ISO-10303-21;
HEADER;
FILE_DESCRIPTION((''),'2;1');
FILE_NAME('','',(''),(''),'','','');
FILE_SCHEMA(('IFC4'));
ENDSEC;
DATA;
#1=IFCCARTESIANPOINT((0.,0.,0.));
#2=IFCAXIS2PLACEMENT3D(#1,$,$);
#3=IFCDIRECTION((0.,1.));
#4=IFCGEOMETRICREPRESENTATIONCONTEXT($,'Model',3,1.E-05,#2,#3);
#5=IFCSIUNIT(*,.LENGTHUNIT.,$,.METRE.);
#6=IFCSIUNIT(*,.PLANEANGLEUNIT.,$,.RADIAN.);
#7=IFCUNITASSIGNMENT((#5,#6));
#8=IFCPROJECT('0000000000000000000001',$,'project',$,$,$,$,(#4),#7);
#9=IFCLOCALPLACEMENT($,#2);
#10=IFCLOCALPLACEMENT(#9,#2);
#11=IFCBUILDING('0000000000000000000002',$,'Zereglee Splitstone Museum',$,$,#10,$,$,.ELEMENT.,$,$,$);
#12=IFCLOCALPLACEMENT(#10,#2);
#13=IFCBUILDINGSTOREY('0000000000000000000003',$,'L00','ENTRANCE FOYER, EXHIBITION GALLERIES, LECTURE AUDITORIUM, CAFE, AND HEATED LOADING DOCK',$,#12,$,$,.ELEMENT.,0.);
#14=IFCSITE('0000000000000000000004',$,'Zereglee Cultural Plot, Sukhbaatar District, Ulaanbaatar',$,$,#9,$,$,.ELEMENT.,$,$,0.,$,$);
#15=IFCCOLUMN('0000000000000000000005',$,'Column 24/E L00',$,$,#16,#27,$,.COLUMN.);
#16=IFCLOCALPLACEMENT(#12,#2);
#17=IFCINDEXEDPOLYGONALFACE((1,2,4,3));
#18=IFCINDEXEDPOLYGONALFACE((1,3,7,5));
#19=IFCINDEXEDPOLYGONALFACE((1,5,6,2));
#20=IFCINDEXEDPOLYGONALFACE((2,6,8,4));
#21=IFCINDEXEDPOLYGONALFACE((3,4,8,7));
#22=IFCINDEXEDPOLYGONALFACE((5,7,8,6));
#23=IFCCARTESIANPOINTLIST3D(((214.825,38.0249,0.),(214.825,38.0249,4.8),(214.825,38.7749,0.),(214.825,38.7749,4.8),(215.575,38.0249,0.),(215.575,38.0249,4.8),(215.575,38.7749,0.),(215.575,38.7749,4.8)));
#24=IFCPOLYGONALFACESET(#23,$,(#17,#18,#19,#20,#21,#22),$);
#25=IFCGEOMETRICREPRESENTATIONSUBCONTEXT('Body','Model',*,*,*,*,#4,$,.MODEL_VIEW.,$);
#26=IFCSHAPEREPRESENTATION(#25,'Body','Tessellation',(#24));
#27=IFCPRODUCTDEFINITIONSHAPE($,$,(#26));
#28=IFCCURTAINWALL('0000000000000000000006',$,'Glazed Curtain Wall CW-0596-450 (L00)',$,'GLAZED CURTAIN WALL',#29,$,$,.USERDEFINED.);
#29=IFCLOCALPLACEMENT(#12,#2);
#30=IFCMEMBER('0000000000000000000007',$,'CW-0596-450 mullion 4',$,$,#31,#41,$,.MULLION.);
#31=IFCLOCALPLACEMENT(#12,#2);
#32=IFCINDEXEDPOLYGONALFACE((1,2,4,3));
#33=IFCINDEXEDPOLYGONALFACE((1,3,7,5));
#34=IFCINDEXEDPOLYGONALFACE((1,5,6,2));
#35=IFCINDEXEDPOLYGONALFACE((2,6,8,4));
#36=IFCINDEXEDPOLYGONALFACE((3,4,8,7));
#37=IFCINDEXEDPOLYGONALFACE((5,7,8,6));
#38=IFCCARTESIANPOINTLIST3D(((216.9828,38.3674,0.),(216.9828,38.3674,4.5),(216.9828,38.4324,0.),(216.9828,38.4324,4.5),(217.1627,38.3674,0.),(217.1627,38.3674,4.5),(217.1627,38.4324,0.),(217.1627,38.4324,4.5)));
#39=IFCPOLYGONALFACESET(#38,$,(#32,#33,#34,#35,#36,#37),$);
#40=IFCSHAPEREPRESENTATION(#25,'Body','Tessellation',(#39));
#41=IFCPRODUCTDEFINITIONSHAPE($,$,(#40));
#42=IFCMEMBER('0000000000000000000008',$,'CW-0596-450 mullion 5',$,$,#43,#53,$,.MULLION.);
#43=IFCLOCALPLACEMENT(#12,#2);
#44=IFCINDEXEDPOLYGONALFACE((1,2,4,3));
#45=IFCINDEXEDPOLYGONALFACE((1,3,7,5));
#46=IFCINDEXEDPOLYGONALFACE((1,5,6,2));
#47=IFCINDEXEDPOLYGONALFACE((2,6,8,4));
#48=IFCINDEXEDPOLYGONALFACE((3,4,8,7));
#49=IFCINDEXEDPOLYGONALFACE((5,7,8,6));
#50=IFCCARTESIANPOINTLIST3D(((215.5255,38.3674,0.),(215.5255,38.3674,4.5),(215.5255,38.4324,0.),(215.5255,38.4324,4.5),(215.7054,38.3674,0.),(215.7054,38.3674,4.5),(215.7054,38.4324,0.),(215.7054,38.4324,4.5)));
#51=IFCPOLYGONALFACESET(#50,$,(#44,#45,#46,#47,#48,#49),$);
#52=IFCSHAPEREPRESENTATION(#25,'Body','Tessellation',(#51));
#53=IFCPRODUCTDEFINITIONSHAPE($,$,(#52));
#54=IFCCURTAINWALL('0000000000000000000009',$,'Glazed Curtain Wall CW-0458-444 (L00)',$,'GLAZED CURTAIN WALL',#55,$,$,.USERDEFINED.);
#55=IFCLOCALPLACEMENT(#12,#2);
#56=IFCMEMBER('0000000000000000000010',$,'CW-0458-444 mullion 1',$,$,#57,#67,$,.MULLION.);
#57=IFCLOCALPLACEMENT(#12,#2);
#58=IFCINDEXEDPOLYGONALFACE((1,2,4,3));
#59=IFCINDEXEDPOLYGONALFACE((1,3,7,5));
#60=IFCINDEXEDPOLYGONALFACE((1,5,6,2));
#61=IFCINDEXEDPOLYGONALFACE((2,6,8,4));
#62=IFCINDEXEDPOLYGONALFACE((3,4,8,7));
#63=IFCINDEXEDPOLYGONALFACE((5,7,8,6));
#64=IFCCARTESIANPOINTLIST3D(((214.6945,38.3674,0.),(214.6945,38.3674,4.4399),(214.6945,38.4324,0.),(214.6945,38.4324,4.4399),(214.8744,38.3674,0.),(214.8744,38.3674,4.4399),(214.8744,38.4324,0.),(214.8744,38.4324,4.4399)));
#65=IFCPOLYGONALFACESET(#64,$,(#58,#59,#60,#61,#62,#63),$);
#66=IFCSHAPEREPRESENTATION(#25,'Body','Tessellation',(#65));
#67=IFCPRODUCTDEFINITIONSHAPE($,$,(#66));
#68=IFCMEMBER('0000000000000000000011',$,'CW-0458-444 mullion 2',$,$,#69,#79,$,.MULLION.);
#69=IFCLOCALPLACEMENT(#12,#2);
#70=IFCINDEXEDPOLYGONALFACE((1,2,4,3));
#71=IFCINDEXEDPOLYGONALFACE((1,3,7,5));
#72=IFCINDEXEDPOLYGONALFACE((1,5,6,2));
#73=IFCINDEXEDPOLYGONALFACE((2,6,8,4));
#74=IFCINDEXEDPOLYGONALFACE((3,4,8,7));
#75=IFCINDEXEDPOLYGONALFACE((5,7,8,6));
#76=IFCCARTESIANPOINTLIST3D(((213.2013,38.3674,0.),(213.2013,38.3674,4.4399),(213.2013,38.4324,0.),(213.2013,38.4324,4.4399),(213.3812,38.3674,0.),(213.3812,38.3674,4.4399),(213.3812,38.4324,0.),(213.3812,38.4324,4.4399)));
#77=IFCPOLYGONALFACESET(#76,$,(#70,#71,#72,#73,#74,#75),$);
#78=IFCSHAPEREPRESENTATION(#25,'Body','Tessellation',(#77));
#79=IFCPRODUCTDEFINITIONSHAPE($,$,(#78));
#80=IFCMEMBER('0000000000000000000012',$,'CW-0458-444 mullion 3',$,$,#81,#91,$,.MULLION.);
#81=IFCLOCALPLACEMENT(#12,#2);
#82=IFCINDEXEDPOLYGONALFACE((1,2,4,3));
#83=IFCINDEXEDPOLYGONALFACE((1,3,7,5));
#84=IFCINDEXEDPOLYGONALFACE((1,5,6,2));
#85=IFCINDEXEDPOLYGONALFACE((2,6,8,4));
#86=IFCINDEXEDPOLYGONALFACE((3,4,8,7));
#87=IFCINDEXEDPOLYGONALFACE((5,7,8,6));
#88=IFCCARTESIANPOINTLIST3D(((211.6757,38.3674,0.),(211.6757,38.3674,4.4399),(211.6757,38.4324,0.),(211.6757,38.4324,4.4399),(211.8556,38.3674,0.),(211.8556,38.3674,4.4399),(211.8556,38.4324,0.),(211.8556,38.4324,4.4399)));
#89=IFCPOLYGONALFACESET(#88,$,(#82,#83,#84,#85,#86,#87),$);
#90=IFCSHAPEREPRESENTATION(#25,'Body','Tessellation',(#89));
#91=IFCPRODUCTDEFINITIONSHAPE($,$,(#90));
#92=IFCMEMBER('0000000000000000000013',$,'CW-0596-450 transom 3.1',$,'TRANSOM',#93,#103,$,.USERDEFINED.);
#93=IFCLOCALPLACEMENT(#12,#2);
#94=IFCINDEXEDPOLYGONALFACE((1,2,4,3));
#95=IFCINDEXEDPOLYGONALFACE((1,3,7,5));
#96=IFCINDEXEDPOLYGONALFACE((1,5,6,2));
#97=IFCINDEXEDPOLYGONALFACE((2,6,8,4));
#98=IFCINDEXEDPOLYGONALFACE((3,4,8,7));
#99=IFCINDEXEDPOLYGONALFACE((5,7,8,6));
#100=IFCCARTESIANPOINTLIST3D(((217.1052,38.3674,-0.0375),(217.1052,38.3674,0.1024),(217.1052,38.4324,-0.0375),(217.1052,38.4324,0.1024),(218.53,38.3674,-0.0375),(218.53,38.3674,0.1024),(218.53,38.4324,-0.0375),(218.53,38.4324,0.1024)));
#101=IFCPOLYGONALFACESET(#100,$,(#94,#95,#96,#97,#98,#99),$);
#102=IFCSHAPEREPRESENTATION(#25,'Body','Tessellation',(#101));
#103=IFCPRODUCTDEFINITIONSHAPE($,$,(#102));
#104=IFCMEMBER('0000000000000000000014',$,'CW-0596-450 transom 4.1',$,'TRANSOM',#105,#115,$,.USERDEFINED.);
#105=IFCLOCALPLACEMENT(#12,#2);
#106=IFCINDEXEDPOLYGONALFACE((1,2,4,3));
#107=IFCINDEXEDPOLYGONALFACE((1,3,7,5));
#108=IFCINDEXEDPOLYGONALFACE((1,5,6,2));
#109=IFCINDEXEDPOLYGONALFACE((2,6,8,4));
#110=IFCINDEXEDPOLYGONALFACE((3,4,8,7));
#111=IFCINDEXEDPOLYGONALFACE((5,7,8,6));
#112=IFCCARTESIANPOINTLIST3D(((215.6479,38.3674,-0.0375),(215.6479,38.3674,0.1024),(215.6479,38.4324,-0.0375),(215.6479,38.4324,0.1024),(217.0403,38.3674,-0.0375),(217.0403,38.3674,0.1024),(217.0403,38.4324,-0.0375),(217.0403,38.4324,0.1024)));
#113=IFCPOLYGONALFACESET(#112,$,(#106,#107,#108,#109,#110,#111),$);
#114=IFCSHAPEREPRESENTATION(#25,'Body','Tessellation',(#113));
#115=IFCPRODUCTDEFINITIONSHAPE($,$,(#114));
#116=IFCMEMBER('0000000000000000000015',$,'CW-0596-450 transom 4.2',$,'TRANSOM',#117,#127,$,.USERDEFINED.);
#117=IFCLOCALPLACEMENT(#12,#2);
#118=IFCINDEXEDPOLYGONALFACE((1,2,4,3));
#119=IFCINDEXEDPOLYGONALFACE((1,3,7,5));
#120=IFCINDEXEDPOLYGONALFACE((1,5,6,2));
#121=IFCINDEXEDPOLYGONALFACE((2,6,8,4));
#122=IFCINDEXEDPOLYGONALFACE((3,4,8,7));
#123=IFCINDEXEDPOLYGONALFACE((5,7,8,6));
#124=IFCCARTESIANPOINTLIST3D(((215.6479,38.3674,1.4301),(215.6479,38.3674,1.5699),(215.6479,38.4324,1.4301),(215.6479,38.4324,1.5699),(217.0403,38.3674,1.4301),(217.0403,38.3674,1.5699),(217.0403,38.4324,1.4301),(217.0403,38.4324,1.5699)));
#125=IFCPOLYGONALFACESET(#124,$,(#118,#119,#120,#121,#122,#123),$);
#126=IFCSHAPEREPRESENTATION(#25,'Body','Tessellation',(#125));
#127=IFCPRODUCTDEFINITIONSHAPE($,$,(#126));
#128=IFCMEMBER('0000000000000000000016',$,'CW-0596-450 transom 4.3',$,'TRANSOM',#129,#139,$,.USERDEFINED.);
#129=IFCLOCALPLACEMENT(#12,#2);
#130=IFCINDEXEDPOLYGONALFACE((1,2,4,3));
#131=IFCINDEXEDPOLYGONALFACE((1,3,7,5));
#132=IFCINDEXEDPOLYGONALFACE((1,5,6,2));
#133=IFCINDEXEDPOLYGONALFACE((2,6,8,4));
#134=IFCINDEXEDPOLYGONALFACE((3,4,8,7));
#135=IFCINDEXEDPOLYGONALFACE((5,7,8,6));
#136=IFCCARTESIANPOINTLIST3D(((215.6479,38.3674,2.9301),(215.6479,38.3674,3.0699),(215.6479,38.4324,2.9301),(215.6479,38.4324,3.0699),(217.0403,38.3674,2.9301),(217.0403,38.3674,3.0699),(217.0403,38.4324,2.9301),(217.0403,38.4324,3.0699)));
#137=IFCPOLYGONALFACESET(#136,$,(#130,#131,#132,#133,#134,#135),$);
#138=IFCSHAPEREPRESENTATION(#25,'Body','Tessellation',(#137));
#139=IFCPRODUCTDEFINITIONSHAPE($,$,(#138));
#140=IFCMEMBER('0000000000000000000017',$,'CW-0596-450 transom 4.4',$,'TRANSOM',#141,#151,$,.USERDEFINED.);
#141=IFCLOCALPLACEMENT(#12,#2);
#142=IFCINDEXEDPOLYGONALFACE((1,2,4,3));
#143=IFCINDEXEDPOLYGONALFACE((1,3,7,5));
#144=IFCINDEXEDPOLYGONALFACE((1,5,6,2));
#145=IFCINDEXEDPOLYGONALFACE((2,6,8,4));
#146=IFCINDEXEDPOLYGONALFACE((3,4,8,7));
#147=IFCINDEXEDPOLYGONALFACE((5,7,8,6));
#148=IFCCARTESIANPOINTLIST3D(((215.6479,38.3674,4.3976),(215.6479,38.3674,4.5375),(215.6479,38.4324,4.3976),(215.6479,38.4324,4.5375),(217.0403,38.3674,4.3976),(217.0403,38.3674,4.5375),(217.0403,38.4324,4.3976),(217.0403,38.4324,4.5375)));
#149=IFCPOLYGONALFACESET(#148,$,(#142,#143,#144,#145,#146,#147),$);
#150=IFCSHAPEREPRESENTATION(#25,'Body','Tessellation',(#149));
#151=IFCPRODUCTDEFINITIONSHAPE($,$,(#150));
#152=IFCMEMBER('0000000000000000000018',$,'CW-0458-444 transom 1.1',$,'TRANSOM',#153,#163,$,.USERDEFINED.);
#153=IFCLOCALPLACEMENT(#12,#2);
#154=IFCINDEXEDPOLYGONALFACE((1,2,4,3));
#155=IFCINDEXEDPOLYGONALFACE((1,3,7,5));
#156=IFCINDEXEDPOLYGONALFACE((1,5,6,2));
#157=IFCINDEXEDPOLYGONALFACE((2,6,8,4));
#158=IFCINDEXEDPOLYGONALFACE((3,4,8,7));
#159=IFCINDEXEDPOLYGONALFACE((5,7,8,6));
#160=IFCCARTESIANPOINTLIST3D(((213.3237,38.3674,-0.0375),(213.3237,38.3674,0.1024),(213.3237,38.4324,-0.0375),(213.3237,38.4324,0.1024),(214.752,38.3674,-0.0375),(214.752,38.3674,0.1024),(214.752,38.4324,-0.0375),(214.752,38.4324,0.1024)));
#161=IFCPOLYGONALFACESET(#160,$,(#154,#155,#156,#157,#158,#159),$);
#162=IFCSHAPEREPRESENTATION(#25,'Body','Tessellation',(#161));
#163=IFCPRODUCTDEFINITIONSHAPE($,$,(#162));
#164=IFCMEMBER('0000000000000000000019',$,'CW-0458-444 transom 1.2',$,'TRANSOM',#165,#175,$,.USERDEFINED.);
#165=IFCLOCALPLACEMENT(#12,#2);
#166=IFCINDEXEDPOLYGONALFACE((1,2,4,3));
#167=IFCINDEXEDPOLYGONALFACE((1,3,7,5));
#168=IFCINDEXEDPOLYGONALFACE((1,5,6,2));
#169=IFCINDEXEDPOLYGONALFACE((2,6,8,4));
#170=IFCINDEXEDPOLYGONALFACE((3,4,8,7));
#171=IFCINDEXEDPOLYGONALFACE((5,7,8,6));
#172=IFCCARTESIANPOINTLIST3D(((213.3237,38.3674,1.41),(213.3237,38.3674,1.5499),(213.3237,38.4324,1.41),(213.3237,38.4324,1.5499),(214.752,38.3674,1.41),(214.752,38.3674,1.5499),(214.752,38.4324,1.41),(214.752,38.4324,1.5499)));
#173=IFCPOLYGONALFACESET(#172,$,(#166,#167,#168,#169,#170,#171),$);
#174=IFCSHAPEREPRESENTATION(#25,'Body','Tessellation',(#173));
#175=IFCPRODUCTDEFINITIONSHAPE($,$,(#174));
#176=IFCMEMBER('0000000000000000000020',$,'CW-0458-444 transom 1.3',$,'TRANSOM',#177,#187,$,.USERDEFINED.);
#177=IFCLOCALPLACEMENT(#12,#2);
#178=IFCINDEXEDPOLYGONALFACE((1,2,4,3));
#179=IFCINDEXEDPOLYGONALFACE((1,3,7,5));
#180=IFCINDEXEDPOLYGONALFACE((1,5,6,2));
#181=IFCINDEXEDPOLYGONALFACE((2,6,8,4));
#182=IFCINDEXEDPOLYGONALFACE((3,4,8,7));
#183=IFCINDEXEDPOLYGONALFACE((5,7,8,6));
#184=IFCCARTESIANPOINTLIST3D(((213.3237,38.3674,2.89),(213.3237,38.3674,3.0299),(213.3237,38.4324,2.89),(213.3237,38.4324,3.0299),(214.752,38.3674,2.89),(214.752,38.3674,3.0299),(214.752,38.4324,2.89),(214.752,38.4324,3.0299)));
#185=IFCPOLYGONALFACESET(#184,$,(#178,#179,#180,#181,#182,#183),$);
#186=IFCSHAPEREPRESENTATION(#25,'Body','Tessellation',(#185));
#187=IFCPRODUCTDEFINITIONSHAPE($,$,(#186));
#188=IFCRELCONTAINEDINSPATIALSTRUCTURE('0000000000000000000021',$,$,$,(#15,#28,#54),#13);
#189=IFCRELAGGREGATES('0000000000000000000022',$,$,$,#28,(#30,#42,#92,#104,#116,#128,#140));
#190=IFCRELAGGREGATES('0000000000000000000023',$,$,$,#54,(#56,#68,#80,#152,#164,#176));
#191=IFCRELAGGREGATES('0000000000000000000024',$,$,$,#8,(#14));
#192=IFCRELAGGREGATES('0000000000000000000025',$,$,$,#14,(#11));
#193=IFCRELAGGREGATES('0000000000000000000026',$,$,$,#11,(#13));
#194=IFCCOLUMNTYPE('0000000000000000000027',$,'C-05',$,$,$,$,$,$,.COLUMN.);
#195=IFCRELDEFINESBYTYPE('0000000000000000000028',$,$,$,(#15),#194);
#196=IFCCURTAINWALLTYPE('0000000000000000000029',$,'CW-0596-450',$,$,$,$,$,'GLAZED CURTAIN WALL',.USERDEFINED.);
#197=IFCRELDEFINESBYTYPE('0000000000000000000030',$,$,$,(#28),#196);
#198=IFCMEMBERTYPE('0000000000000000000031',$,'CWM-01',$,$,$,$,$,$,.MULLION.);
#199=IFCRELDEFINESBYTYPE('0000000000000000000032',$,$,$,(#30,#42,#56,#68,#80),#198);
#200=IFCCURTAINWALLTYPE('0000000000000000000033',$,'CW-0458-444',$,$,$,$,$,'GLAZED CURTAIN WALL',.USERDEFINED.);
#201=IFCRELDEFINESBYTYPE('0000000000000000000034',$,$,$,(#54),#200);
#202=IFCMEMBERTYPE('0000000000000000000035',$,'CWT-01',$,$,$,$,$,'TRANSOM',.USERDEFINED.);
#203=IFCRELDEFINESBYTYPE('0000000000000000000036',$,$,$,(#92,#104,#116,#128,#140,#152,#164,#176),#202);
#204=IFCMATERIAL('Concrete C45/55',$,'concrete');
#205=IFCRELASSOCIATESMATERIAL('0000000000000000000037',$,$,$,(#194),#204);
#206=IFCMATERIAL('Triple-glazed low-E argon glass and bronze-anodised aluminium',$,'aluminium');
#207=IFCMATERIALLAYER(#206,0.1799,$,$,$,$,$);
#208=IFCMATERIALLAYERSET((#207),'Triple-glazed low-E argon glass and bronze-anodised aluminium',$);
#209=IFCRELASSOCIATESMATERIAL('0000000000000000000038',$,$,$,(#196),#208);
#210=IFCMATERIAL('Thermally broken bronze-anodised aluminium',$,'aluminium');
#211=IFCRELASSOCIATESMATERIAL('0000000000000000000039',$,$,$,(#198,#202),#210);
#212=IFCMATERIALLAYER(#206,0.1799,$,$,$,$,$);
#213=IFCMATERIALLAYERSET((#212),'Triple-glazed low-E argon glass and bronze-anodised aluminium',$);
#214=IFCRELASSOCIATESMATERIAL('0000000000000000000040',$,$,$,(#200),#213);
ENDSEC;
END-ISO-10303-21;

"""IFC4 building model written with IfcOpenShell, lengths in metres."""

from ifc_helpers import new_model, si_unit, direction, frame, origin, origin_2d, place, context, subcontext, project, spatial, rectangle, extrude, material, layer, layer_set, material_profile, profile_set, type_object, element, aggregate, save


model = new_model("IFC4")

# Units and contexts
model_context = context("Model", 3, precision=1e-05, world=origin(), true_north=direction((0.0, 1.0)))
body_context = subcontext(model_context, "Body", "Model", "MODEL_VIEW")
ifc_project = project(units=[si_unit("LENGTHUNIT", "METRE"), si_unit("PLANEANGLEUNIT", "RADIAN")], contexts=[model_context])

# Site, building, storey
site_placement = place(None, origin())
site = spatial("IfcSite", under=ifc_project, at=site_placement, Name="Zereglee Cultural Plot, Sukhbaatar District, Ulaanbaatar", CompositionType="ELEMENT", RefElevation=0.0)
building_placement = place(site_placement, origin())
building = spatial("IfcBuilding", under=site, at=building_placement, Name="Zereglee Splitstone Museum", CompositionType="ELEMENT")
storey_placement = place(building_placement, origin())
storey = spatial("IfcBuildingStorey", under=building, at=storey_placement, Name="L00", Description="ENTRANCE FOYER, EXHIBITION GALLERIES, LECTURE AUDITORIUM, CAFE, AND HEATED LOADING DOCK", CompositionType="ELEMENT", Elevation=0.0)

# Column
ifc_material_1 = material(Name="Concrete C45/55", Category="concrete")
ifc_material_profile_1 = material_profile(ifc_material_1, rectangle(XDim=0.75, YDim=0.75, at=origin_2d()), Name="RC 750x750")
ifc_profile_set_1 = profile_set([ifc_material_profile_1], Name="Concrete C45/55")
column_type = type_object("IfcColumnType", Name="C-05", PredefinedType="COLUMN", material=ifc_profile_set_1)
column_placement = place(storey_placement, frame((215.2, 38.3999, 0.0), z_axis=(0.0, 0.0, 1.0), x_axis=(1.0, 0.0, 0.0)))
element("IfcColumn", 1, at=column_placement, inside=storey, type_object=column_type, Name="Column 24/E L00", PredefinedType="COLUMN", context=body_context, shape_type="SweptSolid", body=[
    extrude(rectangle(XDim=0.75, YDim=0.75, at=origin_2d()), origin(), (0.0, 0.0, 1.0), 4.8),
])

# Curtain walls, members
ifc_material_2 = material(Name="Triple-glazed low-E argon glass and bronze-anodised aluminium", Category="aluminium")
ifc_layer_1 = layer(ifc_material_2, 0.1799)
ifc_layer_set_1 = layer_set([ifc_layer_1], Name="Triple-glazed low-E argon glass and bronze-anodised aluminium")
curtain_wall_type_1 = type_object("IfcCurtainWallType", Name="CW-0596-450", ElementType="GLAZED CURTAIN WALL", PredefinedType="USERDEFINED", material=ifc_layer_set_1)
curtain_wall_1_placement = place(storey_placement, origin())
curtain_wall_1 = element("IfcCurtainWall", 2, at=curtain_wall_1_placement, inside=storey, type_object=curtain_wall_type_1, Name="Glazed Curtain Wall CW-0596-450 (L00)", ObjectType="GLAZED CURTAIN WALL", PredefinedType="USERDEFINED")
ifc_material_3 = material(Name="Thermally broken bronze-anodised aluminium", Category="aluminium")
ifc_material_profile_2 = material_profile(ifc_material_3, rectangle(XDim=0.0649, YDim=0.1799, at=origin_2d()), Name="CW MULL 65x180")
ifc_profile_set_2 = profile_set([ifc_material_profile_2], Name="Thermally broken bronze-anodised aluminium")
member_type_1 = type_object("IfcMemberType", Name="CWM-01", PredefinedType="MULLION", material=ifc_profile_set_2)
member_1_placement = place(storey_placement, frame((217.0728, 38.3999, 0.0), z_axis=(0.0, 0.0, 1.0), x_axis=(0.0, -1.0, 0.0)))
member_1 = element("IfcMember", 3, at=member_1_placement, type_object=member_type_1, Name="CW-0596-450 mullion 4", PredefinedType="MULLION", context=body_context, shape_type="SweptSolid", body=[
    extrude(rectangle(XDim=0.0649, YDim=0.1799, at=origin_2d()), origin(), (0.0, 0.0, 1.0), 4.5),
])
member_2_placement = place(storey_placement, frame((215.6155, 38.3999, 0.0), z_axis=(0.0, 0.0, 1.0), x_axis=(0.0, -1.0, 0.0)))
member_2 = element("IfcMember", 4, at=member_2_placement, type_object=member_type_1, Name="CW-0596-450 mullion 5", PredefinedType="MULLION", context=body_context, shape_type="SweptSolid", body=[
    extrude(rectangle(XDim=0.0649, YDim=0.1799, at=origin_2d()), origin(), (0.0, 0.0, 1.0), 4.5),
])
ifc_layer_2 = layer(ifc_material_2, 0.1799)
ifc_layer_set_2 = layer_set([ifc_layer_2], Name="Triple-glazed low-E argon glass and bronze-anodised aluminium")
curtain_wall_type_2 = type_object("IfcCurtainWallType", Name="CW-0458-444", ElementType="GLAZED CURTAIN WALL", PredefinedType="USERDEFINED", material=ifc_layer_set_2)
curtain_wall_2_placement = place(storey_placement, origin())
curtain_wall_2 = element("IfcCurtainWall", 5, at=curtain_wall_2_placement, inside=storey, type_object=curtain_wall_type_2, Name="Glazed Curtain Wall CW-0458-444 (L00)", ObjectType="GLAZED CURTAIN WALL", PredefinedType="USERDEFINED")
member_3_placement = place(storey_placement, frame((214.7844, 38.3999, 0.0), z_axis=(0.0, 0.0, 1.0), x_axis=(0.0, -1.0, 0.0)))
member_3 = element("IfcMember", 6, at=member_3_placement, type_object=member_type_1, Name="CW-0458-444 mullion 1", PredefinedType="MULLION", context=body_context, shape_type="SweptSolid", body=[
    extrude(rectangle(XDim=0.0649, YDim=0.1799, at=origin_2d()), origin(), (0.0, 0.0, 1.0), 4.4399),
])
member_4_placement = place(storey_placement, frame((213.2913, 38.3999, 0.0), z_axis=(0.0, 0.0, 1.0), x_axis=(0.0, -1.0, 0.0)))
member_4 = element("IfcMember", 7, at=member_4_placement, type_object=member_type_1, Name="CW-0458-444 mullion 2", PredefinedType="MULLION", context=body_context, shape_type="SweptSolid", body=[
    extrude(rectangle(XDim=0.0649, YDim=0.1799, at=origin_2d()), origin(), (0.0, 0.0, 1.0), 4.4399),
])
member_5_placement = place(storey_placement, frame((211.7656, 38.3999, 0.0), z_axis=(0.0, 0.0, 1.0), x_axis=(0.0, -1.0, 0.0)))
member_5 = element("IfcMember", 8, at=member_5_placement, type_object=member_type_1, Name="CW-0458-444 mullion 3", PredefinedType="MULLION", context=body_context, shape_type="SweptSolid", body=[
    extrude(rectangle(XDim=0.0649, YDim=0.1799, at=origin_2d()), origin(), (0.0, 0.0, 1.0), 4.4399),
])

# Members
ifc_material_profile_3 = material_profile(ifc_material_3, rectangle(XDim=0.0649, YDim=0.1399, at=origin_2d()), Name="CW TRAN 65x140")
ifc_profile_set_3 = profile_set([ifc_material_profile_3], Name="Thermally broken bronze-anodised aluminium")
member_type_2 = type_object("IfcMemberType", Name="CWT-01", ElementType="TRANSOM", PredefinedType="USERDEFINED", material=ifc_profile_set_3)
member_6_placement = place(storey_placement, frame((218.53, 38.3999, 0.0325), z_axis=(-1.0, 0.0, 0.0), x_axis=(0.0, -1.0, 0.0)))
member_6 = element("IfcMember", 9, at=member_6_placement, type_object=member_type_2, Name="CW-0596-450 transom 3.1", ObjectType="TRANSOM", PredefinedType="USERDEFINED", context=body_context, shape_type="SweptSolid", body=[
    extrude(rectangle(XDim=0.0649, YDim=0.1399, at=origin_2d()), origin(), (0.0, 0.0, 1.0), 1.4248),
])
member_7_placement = place(storey_placement, frame((217.0403, 38.3999, 0.0325), z_axis=(-1.0, 0.0, 0.0), x_axis=(0.0, -1.0, 0.0)))
member_7 = element("IfcMember", 10, at=member_7_placement, type_object=member_type_2, Name="CW-0596-450 transom 4.1", ObjectType="TRANSOM", PredefinedType="USERDEFINED", context=body_context, shape_type="SweptSolid", body=[
    extrude(rectangle(XDim=0.0649, YDim=0.1399, at=origin_2d()), origin(), (0.0, 0.0, 1.0), 1.3923),
])
member_8_placement = place(storey_placement, frame((217.0403, 38.3999, 1.5), z_axis=(-1.0, 0.0, 0.0), x_axis=(0.0, -1.0, 0.0)))
member_8 = element("IfcMember", 11, at=member_8_placement, type_object=member_type_2, Name="CW-0596-450 transom 4.2", ObjectType="TRANSOM", PredefinedType="USERDEFINED", context=body_context, shape_type="SweptSolid", body=[
    extrude(rectangle(XDim=0.0649, YDim=0.1399, at=origin_2d()), origin(), (0.0, 0.0, 1.0), 1.3923),
])
member_9_placement = place(storey_placement, frame((217.0403, 38.3999, 3.0), z_axis=(-1.0, 0.0, 0.0), x_axis=(0.0, -1.0, 0.0)))
member_9 = element("IfcMember", 12, at=member_9_placement, type_object=member_type_2, Name="CW-0596-450 transom 4.3", ObjectType="TRANSOM", PredefinedType="USERDEFINED", context=body_context, shape_type="SweptSolid", body=[
    extrude(rectangle(XDim=0.0649, YDim=0.1399, at=origin_2d()), origin(), (0.0, 0.0, 1.0), 1.3923),
])
member_10_placement = place(storey_placement, frame((217.0403, 38.3999, 4.4675), z_axis=(-1.0, 0.0, 0.0), x_axis=(0.0, -1.0, 0.0)))
member_10 = element("IfcMember", 13, at=member_10_placement, type_object=member_type_2, Name="CW-0596-450 transom 4.4", ObjectType="TRANSOM", PredefinedType="USERDEFINED", context=body_context, shape_type="SweptSolid", body=[
    extrude(rectangle(XDim=0.0649, YDim=0.1399, at=origin_2d()), origin(), (0.0, 0.0, 1.0), 1.3923),
])
member_11_placement = place(storey_placement, frame((214.752, 38.3999, 0.0325), z_axis=(-1.0, 0.0, 0.0), x_axis=(0.0, -1.0, 0.0)))
member_11 = element("IfcMember", 14, at=member_11_placement, type_object=member_type_2, Name="CW-0458-444 transom 1.1", ObjectType="TRANSOM", PredefinedType="USERDEFINED", context=body_context, shape_type="SweptSolid", body=[
    extrude(rectangle(XDim=0.0649, YDim=0.1399, at=origin_2d()), origin(), (0.0, 0.0, 1.0), 1.4282),
])
member_12_placement = place(storey_placement, frame((214.752, 38.3999, 1.48), z_axis=(-1.0, 0.0, 0.0), x_axis=(0.0, -1.0, 0.0)))
member_12 = element("IfcMember", 15, at=member_12_placement, type_object=member_type_2, Name="CW-0458-444 transom 1.2", ObjectType="TRANSOM", PredefinedType="USERDEFINED", context=body_context, shape_type="SweptSolid", body=[
    extrude(rectangle(XDim=0.0649, YDim=0.1399, at=origin_2d()), origin(), (0.0, 0.0, 1.0), 1.4282),
])
member_13_placement = place(storey_placement, frame((214.752, 38.3999, 2.96), z_axis=(-1.0, 0.0, 0.0), x_axis=(0.0, -1.0, 0.0)))
member_13 = element("IfcMember", 16, at=member_13_placement, type_object=member_type_2, Name="CW-0458-444 transom 1.3", ObjectType="TRANSOM", PredefinedType="USERDEFINED", context=body_context, shape_type="SweptSolid", body=[
    extrude(rectangle(XDim=0.0649, YDim=0.1399, at=origin_2d()), origin(), (0.0, 0.0, 1.0), 1.4282),
])

aggregate(curtain_wall_1, [member_1, member_2, member_6, member_7, member_8, member_9, member_10])
aggregate(curtain_wall_2, [member_3, member_4, member_5, member_11, member_12, member_13])

save(model, "model.ifc")
